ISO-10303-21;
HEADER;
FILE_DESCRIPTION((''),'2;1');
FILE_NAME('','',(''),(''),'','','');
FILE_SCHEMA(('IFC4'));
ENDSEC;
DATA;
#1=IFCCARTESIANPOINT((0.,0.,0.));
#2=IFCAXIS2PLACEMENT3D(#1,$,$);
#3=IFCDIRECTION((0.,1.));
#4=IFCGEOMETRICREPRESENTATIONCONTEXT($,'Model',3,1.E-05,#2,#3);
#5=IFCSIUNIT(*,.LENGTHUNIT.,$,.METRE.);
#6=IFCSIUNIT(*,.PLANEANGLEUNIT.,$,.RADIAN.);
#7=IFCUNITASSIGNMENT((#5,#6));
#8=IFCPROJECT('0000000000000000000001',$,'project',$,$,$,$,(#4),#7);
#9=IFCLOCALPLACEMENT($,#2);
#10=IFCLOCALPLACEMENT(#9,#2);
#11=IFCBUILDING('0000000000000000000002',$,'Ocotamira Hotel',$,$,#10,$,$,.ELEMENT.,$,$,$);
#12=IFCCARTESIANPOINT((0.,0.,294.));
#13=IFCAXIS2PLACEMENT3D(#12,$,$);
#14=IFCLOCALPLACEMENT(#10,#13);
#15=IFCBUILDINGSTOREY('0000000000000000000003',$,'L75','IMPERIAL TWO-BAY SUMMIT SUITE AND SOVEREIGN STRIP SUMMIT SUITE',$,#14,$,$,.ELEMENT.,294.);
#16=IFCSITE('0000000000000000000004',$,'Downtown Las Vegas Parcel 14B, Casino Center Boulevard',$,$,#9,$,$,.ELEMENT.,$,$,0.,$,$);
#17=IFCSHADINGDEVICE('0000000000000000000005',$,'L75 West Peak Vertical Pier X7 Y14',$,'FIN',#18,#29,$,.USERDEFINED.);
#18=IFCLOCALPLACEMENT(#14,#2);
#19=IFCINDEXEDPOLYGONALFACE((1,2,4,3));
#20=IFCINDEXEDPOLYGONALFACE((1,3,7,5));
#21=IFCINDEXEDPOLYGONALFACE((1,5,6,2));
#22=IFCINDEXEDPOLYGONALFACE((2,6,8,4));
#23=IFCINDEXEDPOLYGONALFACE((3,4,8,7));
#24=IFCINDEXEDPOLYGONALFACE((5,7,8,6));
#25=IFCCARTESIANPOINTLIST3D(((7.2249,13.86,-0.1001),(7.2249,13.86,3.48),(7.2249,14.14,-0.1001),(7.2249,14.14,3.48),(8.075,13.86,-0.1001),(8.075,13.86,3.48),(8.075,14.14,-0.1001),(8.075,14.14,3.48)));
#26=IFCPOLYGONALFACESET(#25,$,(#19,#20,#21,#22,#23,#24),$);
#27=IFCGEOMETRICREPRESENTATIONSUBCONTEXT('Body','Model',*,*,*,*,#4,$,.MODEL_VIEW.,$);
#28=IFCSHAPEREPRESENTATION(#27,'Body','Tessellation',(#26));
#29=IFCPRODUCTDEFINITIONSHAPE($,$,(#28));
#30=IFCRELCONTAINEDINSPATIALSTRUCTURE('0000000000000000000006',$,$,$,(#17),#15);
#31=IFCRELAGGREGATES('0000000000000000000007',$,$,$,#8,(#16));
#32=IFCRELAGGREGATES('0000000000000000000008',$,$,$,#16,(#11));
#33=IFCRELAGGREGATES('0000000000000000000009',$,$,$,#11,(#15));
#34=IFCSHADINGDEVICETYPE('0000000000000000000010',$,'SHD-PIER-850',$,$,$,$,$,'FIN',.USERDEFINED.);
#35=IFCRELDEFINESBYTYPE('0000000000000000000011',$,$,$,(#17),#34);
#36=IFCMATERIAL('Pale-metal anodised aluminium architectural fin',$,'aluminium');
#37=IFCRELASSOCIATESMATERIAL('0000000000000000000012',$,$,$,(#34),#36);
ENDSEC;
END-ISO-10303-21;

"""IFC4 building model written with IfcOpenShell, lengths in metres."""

from ifc_helpers import new_model, si_unit, direction, frame, origin, origin_2d, place, context, subcontext, project, spatial, rectangle, extrude, source, transform, mapped, material, type_object, element, save


model = new_model("IFC4")

# Units and contexts
model_context = context("Model", 3, precision=1e-05, world=origin(), true_north=direction((0.0, 1.0)))
body_context = subcontext(model_context, "Body", "Model", "MODEL_VIEW")
ifc_project = project(units=[si_unit("LENGTHUNIT", "METRE"), si_unit("PLANEANGLEUNIT", "RADIAN")], contexts=[model_context])

# Site, building, storey
site_placement = place(None, origin())
site = spatial("IfcSite", under=ifc_project, at=site_placement, Name="Downtown Las Vegas Parcel 14B, Casino Center Boulevard", CompositionType="ELEMENT", RefElevation=0.0)
building_placement = place(site_placement, origin())
building = spatial("IfcBuilding", under=site, at=building_placement, Name="Ocotamira Hotel", CompositionType="ELEMENT")
storey_placement = place(building_placement, frame((0.0, 0.0, 294.0)))
storey = spatial("IfcBuildingStorey", under=building, at=storey_placement, Name="L75", Description="IMPERIAL TWO-BAY SUMMIT SUITE AND SOVEREIGN STRIP SUMMIT SUITE", CompositionType="ELEMENT", Elevation=294.0)

# Shading device
ifc_material_1 = material(Name="Pale-metal anodised aluminium architectural fin", Category="aluminium")
shading_device_type = type_object("IfcShadingDeviceType", Name="SHD-PIER-850", ElementType="FIN", PredefinedType="USERDEFINED", material=ifc_material_1)
shared_shape_1 = source(origin(), body_context, "Body", "SweptSolid", [
    extrude(rectangle(XDim=0.8501, YDim=0.28, at=origin_2d()), origin(), (0.0, 0.0, 1.0), 3.5801),
])
for number, where, z_axis, x_axis, name in (
    (1, (7.6499, 14.0, -0.1001), (0.0, 0.0, 1.0), (1.0, 0.0, 0.0), "L75 West Peak Vertical Pier X7 Y14"),
):
    element("IfcShadingDevice", number, at=place(storey_placement, frame(where, z_axis=z_axis, x_axis=x_axis)), inside=storey, type_object=shading_device_type, Name=name, ObjectType="FIN", PredefinedType="USERDEFINED", context=body_context, shape_type="MappedRepresentation", body=[
        mapped(shared_shape_1, transform((0.0, 0.0, 0.0), scale=1.0)),
    ])

save(model, "model.ifc")
